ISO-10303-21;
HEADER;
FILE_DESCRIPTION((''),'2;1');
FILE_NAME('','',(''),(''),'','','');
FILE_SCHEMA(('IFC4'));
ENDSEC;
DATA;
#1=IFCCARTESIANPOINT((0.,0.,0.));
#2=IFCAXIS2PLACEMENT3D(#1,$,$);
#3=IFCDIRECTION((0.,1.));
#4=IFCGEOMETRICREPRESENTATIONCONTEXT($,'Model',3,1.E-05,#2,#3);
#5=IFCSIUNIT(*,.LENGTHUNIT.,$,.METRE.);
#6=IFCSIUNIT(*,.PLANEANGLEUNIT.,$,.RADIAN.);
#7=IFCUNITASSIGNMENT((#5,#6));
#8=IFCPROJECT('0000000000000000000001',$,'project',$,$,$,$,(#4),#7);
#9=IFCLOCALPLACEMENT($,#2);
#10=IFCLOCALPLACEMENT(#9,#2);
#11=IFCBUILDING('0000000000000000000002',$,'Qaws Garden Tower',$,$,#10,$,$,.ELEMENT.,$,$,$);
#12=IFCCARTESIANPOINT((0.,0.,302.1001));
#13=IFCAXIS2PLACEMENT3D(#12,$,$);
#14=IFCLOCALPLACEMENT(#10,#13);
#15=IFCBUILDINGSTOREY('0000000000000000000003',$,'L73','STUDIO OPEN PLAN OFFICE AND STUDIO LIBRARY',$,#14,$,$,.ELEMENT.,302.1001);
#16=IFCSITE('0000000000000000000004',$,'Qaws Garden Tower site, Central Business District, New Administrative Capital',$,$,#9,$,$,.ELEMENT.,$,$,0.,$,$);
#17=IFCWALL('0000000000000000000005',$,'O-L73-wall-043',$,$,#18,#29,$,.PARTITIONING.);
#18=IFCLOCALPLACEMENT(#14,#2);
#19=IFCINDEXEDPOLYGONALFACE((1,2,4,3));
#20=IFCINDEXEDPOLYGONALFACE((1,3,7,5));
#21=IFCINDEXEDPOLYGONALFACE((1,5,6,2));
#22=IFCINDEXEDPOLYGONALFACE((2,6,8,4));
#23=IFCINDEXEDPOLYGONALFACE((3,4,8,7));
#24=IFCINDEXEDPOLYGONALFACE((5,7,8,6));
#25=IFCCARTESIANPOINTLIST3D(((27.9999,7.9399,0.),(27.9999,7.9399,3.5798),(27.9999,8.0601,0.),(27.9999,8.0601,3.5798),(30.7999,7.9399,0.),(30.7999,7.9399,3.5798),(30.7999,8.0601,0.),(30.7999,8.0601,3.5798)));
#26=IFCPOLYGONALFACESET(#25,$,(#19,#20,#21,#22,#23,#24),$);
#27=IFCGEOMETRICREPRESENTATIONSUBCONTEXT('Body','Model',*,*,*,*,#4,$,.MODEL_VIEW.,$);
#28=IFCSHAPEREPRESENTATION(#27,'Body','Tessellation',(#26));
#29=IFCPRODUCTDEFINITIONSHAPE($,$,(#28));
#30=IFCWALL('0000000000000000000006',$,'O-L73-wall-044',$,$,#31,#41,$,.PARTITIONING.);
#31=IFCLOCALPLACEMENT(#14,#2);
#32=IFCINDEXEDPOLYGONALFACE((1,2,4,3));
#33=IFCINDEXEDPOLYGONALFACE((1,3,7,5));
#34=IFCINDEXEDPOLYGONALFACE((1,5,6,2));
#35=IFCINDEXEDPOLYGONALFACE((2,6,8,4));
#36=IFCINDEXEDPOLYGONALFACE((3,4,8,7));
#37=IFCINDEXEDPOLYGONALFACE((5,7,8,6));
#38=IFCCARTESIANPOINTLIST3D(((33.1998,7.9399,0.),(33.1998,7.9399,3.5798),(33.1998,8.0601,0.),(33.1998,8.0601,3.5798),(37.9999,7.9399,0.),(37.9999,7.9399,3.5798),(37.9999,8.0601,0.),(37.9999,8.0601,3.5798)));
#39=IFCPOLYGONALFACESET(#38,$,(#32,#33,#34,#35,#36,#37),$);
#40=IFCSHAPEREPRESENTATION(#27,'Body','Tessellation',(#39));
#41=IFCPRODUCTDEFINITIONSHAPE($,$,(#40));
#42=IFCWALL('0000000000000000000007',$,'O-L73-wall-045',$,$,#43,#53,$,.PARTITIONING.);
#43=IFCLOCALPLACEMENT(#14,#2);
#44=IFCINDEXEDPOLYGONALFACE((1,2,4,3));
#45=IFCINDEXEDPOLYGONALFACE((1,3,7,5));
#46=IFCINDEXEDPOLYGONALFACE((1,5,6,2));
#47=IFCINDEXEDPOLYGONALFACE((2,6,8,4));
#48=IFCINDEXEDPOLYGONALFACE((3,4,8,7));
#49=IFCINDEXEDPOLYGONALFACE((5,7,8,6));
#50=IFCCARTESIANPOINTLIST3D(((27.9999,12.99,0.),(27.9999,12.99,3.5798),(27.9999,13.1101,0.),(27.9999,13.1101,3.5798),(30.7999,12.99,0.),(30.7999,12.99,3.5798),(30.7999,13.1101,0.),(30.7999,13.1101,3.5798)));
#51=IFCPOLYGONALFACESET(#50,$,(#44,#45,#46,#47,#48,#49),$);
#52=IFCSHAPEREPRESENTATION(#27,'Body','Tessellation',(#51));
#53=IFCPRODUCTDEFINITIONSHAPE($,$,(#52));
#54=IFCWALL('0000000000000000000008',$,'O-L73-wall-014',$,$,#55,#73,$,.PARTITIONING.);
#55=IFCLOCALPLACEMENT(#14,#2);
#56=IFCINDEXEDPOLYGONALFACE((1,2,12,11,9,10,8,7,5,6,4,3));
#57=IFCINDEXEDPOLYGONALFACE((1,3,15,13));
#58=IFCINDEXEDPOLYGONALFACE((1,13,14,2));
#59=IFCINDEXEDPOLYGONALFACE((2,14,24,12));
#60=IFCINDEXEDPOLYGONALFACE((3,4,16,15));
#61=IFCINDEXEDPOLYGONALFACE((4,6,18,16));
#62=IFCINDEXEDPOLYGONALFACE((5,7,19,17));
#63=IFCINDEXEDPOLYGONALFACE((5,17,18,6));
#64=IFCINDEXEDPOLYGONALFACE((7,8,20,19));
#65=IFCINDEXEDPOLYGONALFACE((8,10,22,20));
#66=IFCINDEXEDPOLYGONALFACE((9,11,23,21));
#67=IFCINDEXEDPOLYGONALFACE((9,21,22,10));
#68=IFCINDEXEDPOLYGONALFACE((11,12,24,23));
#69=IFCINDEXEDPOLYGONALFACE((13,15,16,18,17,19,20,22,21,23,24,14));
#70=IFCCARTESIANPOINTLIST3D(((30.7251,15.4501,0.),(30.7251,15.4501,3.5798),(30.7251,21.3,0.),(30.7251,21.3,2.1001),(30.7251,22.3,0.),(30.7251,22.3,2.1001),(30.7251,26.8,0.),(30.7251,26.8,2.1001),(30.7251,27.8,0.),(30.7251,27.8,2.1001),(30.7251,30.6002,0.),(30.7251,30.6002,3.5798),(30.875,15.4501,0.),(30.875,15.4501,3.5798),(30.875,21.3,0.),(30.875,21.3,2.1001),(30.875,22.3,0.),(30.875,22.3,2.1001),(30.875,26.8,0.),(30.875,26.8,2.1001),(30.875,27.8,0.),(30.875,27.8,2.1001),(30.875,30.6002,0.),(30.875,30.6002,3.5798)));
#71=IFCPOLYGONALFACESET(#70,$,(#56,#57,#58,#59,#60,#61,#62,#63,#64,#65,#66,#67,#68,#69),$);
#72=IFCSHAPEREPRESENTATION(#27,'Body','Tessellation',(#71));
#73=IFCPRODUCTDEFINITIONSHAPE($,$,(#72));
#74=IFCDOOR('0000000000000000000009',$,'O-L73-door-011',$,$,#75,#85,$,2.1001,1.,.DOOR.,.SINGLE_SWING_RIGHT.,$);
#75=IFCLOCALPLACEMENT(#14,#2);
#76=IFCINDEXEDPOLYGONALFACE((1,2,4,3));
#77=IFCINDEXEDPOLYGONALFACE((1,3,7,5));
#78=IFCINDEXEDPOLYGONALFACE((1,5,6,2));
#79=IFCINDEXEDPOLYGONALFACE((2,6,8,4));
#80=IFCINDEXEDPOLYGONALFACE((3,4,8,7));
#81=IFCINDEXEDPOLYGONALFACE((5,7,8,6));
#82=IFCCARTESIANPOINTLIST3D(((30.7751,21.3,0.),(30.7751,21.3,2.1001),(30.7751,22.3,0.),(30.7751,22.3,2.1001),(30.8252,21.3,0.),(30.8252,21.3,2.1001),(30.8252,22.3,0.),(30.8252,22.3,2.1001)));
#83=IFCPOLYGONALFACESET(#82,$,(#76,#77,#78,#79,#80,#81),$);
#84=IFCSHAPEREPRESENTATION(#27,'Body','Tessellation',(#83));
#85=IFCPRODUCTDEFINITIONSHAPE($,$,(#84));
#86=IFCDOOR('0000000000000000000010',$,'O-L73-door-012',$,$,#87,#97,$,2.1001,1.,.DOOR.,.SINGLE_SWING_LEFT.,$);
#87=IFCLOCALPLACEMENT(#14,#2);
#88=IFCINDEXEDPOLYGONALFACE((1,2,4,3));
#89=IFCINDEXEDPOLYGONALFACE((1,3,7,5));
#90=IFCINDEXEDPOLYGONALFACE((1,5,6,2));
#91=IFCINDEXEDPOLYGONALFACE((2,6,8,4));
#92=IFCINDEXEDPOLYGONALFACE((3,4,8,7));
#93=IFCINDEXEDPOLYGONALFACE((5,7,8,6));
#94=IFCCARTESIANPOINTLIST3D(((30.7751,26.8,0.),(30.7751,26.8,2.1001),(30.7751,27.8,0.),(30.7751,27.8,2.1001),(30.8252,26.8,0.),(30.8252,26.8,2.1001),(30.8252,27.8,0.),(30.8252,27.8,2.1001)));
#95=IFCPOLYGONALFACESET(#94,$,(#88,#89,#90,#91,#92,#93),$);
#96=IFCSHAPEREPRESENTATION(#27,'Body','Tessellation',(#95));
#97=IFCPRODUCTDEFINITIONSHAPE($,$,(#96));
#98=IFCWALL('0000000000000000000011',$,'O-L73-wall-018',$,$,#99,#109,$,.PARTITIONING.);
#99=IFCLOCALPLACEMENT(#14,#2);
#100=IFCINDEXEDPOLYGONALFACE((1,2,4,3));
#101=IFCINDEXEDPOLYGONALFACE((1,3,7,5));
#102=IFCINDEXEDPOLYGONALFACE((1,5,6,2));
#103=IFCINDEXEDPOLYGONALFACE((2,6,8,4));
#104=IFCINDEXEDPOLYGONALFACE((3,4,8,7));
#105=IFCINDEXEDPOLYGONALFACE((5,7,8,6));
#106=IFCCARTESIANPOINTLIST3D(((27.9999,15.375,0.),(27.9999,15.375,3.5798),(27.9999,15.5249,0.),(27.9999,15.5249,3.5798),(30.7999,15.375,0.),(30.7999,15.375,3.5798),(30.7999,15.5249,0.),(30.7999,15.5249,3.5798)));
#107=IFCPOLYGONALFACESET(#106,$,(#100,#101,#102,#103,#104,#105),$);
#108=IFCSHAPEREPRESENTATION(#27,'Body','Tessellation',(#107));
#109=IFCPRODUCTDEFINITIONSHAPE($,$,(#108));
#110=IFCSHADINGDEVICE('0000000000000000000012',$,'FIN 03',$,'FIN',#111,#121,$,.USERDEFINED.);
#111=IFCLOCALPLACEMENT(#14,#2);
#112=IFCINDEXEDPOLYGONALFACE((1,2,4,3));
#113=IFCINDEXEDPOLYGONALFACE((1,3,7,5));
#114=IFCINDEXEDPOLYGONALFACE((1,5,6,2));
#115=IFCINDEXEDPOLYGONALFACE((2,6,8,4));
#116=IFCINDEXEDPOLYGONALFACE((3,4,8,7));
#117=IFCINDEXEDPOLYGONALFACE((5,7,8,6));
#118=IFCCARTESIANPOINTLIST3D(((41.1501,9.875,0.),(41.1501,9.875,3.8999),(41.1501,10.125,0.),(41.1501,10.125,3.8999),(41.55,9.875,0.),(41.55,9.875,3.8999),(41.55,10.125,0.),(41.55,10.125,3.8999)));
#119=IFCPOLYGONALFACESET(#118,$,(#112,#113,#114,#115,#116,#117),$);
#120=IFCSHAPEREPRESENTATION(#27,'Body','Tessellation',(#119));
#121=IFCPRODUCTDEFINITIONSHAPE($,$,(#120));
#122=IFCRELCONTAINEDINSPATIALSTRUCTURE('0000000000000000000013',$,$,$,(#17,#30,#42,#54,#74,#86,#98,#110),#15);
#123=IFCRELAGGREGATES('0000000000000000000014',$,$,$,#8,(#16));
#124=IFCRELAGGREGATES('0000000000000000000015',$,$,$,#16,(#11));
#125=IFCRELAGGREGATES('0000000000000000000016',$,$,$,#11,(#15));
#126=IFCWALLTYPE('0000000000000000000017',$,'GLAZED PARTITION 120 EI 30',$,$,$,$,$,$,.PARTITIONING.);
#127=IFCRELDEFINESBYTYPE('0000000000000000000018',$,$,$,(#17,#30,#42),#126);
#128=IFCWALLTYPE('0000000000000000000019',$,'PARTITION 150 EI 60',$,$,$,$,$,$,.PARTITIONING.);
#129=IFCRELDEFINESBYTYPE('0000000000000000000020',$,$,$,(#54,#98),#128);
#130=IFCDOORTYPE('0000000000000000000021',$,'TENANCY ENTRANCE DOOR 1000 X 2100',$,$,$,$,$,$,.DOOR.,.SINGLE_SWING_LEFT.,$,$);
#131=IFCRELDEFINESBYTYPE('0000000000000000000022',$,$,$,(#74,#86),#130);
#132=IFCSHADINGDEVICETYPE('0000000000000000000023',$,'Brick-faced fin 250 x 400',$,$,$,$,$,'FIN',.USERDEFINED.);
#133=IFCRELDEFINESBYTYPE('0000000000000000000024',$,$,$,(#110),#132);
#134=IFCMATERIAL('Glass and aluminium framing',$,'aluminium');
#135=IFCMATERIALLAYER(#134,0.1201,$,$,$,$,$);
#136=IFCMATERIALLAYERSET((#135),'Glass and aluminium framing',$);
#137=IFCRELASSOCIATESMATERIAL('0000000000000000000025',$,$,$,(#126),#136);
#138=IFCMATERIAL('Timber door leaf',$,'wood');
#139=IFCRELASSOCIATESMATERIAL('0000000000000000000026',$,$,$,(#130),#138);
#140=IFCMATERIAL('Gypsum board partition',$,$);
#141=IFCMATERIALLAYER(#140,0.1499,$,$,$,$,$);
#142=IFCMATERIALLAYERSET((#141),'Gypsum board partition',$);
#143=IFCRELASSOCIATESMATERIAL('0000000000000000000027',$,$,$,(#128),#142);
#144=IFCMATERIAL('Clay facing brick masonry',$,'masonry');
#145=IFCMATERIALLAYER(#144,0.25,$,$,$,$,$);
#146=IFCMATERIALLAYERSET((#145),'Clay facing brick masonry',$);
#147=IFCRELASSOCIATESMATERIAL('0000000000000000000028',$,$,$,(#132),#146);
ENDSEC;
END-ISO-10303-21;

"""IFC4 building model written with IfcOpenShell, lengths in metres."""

from ifc_helpers import new_model, si_unit, direction, frame, frame_2d, origin, origin_2d, place, context, subcontext, project, spatial, rectangle, extrude, material, layer, layer_set, type_object, element, fill, save


model = new_model("IFC4")

# Units and contexts
model_context = context("Model", 3, precision=1e-05, world=origin(), true_north=direction((0.0, 1.0)))
body_context = subcontext(model_context, "Body", "Model", "MODEL_VIEW")
ifc_project = project(units=[si_unit("LENGTHUNIT", "METRE"), si_unit("PLANEANGLEUNIT", "RADIAN")], contexts=[model_context])

# Site, building, storey
site_placement = place(None, origin())
site = spatial("IfcSite", under=ifc_project, at=site_placement, Name="Qaws Garden Tower site, Central Business District, New Administrative Capital", CompositionType="ELEMENT", RefElevation=0.0)
building_placement = place(site_placement, origin())
building = spatial("IfcBuilding", under=site, at=building_placement, Name="Qaws Garden Tower", CompositionType="ELEMENT")
storey_placement = place(building_placement, frame((0.0, 0.0, 302.1001)))
storey = spatial("IfcBuildingStorey", under=building, at=storey_placement, Name="L73", Description="STUDIO OPEN PLAN OFFICE AND STUDIO LIBRARY", CompositionType="ELEMENT", Elevation=302.1001)

# Shared definitions
ifc_material_1 = material(Name="Glass and aluminium framing", Category="aluminium")
ifc_layer_1 = layer(ifc_material_1, 0.1201)
ifc_layer_set_1 = layer_set([ifc_layer_1], Name="Glass and aluminium framing")
wall_type_1 = type_object("IfcWallType", Name="GLAZED PARTITION 120 EI 30", PredefinedType="PARTITIONING", material=ifc_layer_set_1)
ifc_material_2 = material(Name="Timber door leaf", Category="wood")
door_type_1 = type_object("IfcDoorType", Name="TENANCY ENTRANCE DOOR 1000 X 2100", OperationType="SINGLE_SWING_LEFT", PredefinedType="DOOR", material=ifc_material_2)

# Walls
wall_1_placement = place(storey_placement, frame((28.0, 8.0, 0.0), z_axis=(0.0, 0.0, 1.0), x_axis=(1.0, 0.0, 0.0)))
element("IfcWall", 1, at=wall_1_placement, inside=storey, type_object=wall_type_1, Name="O-L73-wall-043", PredefinedType="PARTITIONING", context=body_context, shape_type="SweptSolid", body=[
    extrude(rectangle(XDim=2.8, YDim=0.1201, at=frame_2d((1.3999, 0.0))), origin(), (0.0, 0.0, 1.0), 3.5798),
])
wall_2_placement = place(storey_placement, frame((33.2, 8.0, 0.0), z_axis=(0.0, 0.0, 1.0), x_axis=(1.0, 0.0, 0.0)))
element("IfcWall", 2, at=wall_2_placement, inside=storey, type_object=wall_type_1, Name="O-L73-wall-044", PredefinedType="PARTITIONING", context=body_context, shape_type="SweptSolid", body=[
    extrude(rectangle(XDim=4.8, YDim=0.1201, at=frame_2d((2.3999, 0.0))), origin(), (0.0, 0.0, 1.0), 3.5798),
])
wall_3_placement = place(storey_placement, frame((28.0, 13.05, 0.0), z_axis=(0.0, 0.0, 1.0), x_axis=(1.0, 0.0, 0.0)))
element("IfcWall", 3, at=wall_3_placement, inside=storey, type_object=wall_type_1, Name="O-L73-wall-045", PredefinedType="PARTITIONING", context=body_context, shape_type="SweptSolid", body=[
    extrude(rectangle(XDim=2.8, YDim=0.1201, at=frame_2d((1.3999, 0.0))), origin(), (0.0, 0.0, 1.0), 3.5798),
])

# Wall, openings, doors
ifc_material_3 = material(Name="Gypsum board partition")
ifc_layer_2 = layer(ifc_material_3, 0.1499)
ifc_layer_set_2 = layer_set([ifc_layer_2], Name="Gypsum board partition")
wall_type_2 = type_object("IfcWallType", Name="PARTITION 150 EI 60", PredefinedType="PARTITIONING", material=ifc_layer_set_2)
wall_4_placement = place(storey_placement, frame((30.8, 15.45, 0.0), z_axis=(0.0, 0.0, 1.0), x_axis=(0.0, 1.0, 0.0)))
wall_4 = element("IfcWall", 4, at=wall_4_placement, inside=storey, type_object=wall_type_2, Name="O-L73-wall-014", PredefinedType="PARTITIONING", context=body_context, shape_type="SweptSolid", body=[
    extrude(rectangle(XDim=15.1501, YDim=0.1499, at=frame_2d((7.5752, 0.0))), origin(), (0.0, 0.0, 1.0), 3.5798),
])
opening_1_placement = place(wall_4_placement, frame((5.8501, 0.0, 0.0)))
opening_1 = element("IfcOpeningElement", 5, at=opening_1_placement, cuts=wall_4, PredefinedType="OPENING", context=body_context, shape_type="SweptSolid", body=[
    extrude(rectangle(XDim=1.0, YDim=2.1001, at=frame_2d((0.5, 1.05))), frame((0.0, 0.085, 0.0), z_axis=(0.0, -1.0, 0.0), x_axis=(1.0, 0.0, 0.0)), (0.0, 0.0, 1.0), 0.1699),
])
opening_2_placement = place(wall_4_placement, frame((11.3501, 0.0, 0.0)))
opening_2 = element("IfcOpeningElement", 6, at=opening_2_placement, cuts=wall_4, PredefinedType="OPENING", context=body_context, shape_type="SweptSolid", body=[
    extrude(rectangle(XDim=1.0, YDim=2.1001, at=frame_2d((0.5, 1.05))), frame((0.0, 0.085, 0.0), z_axis=(0.0, -1.0, 0.0), x_axis=(1.0, 0.0, 0.0)), (0.0, 0.0, 1.0), 0.1699),
])
door_1_placement = place(opening_1_placement, origin())
door_1 = element("IfcDoor", 7, at=door_1_placement, inside=storey, type_object=door_type_1, Name="O-L73-door-011", OperationType="SINGLE_SWING_RIGHT", OverallHeight=2.1001, OverallWidth=1.0, PredefinedType="DOOR", context=body_context, shape_type="SweptSolid", body=[
    extrude(rectangle(XDim=1.0, YDim=2.1001, at=frame_2d((0.5, 1.05))), frame((0.0, 0.0249, 0.0), z_axis=(0.0, -1.0, 0.0), x_axis=(1.0, 0.0, 0.0)), (0.0, 0.0, 1.0), 0.05),
])
fill(opening_1, door_1)
door_2_placement = place(opening_2_placement, origin())
door_2 = element("IfcDoor", 8, at=door_2_placement, inside=storey, type_object=door_type_1, Name="O-L73-door-012", OperationType="SINGLE_SWING_LEFT", OverallHeight=2.1001, OverallWidth=1.0, PredefinedType="DOOR", context=body_context, shape_type="SweptSolid", body=[
    extrude(rectangle(XDim=1.0, YDim=2.1001, at=frame_2d((0.5, 1.05))), frame((0.0, 0.0249, 0.0), z_axis=(0.0, -1.0, 0.0), x_axis=(1.0, 0.0, 0.0)), (0.0, 0.0, 1.0), 0.05),
])
fill(opening_2, door_2)

# Wall
wall_5_placement = place(storey_placement, frame((28.0, 15.45, 0.0), z_axis=(0.0, 0.0, 1.0), x_axis=(1.0, 0.0, 0.0)))
element("IfcWall", 9, at=wall_5_placement, inside=storey, type_object=wall_type_2, Name="O-L73-wall-018", PredefinedType="PARTITIONING", context=body_context, shape_type="SweptSolid", body=[
    extrude(rectangle(XDim=2.8, YDim=0.1499, at=frame_2d((1.3999, 0.0))), origin(), (0.0, 0.0, 1.0), 3.5798),
])

# Shading device
ifc_material_4 = material(Name="Clay facing brick masonry", Category="masonry")
ifc_layer_3 = layer(ifc_material_4, 0.25)
ifc_layer_set_3 = layer_set([ifc_layer_3], Name="Clay facing brick masonry")
shading_device_type = type_object("IfcShadingDeviceType", Name="Brick-faced fin 250 x 400", ElementType="FIN", PredefinedType="USERDEFINED", material=ifc_layer_set_3)
shading_device_placement = place(storey_placement, frame((41.3501, 10.0, 0.0), z_axis=(0.0, 0.0, 1.0), x_axis=(0.0, 1.0, 0.0)))
element("IfcShadingDevice", 10, at=shading_device_placement, inside=storey, type_object=shading_device_type, Name="FIN 03", ObjectType="FIN", PredefinedType="USERDEFINED", context=body_context, shape_type="SweptSolid", body=[
    extrude(rectangle(XDim=0.25, YDim=0.3999, at=origin_2d()), origin(), (0.0, 0.0, 1.0), 3.8999),
])

save(model, "model.ifc")
